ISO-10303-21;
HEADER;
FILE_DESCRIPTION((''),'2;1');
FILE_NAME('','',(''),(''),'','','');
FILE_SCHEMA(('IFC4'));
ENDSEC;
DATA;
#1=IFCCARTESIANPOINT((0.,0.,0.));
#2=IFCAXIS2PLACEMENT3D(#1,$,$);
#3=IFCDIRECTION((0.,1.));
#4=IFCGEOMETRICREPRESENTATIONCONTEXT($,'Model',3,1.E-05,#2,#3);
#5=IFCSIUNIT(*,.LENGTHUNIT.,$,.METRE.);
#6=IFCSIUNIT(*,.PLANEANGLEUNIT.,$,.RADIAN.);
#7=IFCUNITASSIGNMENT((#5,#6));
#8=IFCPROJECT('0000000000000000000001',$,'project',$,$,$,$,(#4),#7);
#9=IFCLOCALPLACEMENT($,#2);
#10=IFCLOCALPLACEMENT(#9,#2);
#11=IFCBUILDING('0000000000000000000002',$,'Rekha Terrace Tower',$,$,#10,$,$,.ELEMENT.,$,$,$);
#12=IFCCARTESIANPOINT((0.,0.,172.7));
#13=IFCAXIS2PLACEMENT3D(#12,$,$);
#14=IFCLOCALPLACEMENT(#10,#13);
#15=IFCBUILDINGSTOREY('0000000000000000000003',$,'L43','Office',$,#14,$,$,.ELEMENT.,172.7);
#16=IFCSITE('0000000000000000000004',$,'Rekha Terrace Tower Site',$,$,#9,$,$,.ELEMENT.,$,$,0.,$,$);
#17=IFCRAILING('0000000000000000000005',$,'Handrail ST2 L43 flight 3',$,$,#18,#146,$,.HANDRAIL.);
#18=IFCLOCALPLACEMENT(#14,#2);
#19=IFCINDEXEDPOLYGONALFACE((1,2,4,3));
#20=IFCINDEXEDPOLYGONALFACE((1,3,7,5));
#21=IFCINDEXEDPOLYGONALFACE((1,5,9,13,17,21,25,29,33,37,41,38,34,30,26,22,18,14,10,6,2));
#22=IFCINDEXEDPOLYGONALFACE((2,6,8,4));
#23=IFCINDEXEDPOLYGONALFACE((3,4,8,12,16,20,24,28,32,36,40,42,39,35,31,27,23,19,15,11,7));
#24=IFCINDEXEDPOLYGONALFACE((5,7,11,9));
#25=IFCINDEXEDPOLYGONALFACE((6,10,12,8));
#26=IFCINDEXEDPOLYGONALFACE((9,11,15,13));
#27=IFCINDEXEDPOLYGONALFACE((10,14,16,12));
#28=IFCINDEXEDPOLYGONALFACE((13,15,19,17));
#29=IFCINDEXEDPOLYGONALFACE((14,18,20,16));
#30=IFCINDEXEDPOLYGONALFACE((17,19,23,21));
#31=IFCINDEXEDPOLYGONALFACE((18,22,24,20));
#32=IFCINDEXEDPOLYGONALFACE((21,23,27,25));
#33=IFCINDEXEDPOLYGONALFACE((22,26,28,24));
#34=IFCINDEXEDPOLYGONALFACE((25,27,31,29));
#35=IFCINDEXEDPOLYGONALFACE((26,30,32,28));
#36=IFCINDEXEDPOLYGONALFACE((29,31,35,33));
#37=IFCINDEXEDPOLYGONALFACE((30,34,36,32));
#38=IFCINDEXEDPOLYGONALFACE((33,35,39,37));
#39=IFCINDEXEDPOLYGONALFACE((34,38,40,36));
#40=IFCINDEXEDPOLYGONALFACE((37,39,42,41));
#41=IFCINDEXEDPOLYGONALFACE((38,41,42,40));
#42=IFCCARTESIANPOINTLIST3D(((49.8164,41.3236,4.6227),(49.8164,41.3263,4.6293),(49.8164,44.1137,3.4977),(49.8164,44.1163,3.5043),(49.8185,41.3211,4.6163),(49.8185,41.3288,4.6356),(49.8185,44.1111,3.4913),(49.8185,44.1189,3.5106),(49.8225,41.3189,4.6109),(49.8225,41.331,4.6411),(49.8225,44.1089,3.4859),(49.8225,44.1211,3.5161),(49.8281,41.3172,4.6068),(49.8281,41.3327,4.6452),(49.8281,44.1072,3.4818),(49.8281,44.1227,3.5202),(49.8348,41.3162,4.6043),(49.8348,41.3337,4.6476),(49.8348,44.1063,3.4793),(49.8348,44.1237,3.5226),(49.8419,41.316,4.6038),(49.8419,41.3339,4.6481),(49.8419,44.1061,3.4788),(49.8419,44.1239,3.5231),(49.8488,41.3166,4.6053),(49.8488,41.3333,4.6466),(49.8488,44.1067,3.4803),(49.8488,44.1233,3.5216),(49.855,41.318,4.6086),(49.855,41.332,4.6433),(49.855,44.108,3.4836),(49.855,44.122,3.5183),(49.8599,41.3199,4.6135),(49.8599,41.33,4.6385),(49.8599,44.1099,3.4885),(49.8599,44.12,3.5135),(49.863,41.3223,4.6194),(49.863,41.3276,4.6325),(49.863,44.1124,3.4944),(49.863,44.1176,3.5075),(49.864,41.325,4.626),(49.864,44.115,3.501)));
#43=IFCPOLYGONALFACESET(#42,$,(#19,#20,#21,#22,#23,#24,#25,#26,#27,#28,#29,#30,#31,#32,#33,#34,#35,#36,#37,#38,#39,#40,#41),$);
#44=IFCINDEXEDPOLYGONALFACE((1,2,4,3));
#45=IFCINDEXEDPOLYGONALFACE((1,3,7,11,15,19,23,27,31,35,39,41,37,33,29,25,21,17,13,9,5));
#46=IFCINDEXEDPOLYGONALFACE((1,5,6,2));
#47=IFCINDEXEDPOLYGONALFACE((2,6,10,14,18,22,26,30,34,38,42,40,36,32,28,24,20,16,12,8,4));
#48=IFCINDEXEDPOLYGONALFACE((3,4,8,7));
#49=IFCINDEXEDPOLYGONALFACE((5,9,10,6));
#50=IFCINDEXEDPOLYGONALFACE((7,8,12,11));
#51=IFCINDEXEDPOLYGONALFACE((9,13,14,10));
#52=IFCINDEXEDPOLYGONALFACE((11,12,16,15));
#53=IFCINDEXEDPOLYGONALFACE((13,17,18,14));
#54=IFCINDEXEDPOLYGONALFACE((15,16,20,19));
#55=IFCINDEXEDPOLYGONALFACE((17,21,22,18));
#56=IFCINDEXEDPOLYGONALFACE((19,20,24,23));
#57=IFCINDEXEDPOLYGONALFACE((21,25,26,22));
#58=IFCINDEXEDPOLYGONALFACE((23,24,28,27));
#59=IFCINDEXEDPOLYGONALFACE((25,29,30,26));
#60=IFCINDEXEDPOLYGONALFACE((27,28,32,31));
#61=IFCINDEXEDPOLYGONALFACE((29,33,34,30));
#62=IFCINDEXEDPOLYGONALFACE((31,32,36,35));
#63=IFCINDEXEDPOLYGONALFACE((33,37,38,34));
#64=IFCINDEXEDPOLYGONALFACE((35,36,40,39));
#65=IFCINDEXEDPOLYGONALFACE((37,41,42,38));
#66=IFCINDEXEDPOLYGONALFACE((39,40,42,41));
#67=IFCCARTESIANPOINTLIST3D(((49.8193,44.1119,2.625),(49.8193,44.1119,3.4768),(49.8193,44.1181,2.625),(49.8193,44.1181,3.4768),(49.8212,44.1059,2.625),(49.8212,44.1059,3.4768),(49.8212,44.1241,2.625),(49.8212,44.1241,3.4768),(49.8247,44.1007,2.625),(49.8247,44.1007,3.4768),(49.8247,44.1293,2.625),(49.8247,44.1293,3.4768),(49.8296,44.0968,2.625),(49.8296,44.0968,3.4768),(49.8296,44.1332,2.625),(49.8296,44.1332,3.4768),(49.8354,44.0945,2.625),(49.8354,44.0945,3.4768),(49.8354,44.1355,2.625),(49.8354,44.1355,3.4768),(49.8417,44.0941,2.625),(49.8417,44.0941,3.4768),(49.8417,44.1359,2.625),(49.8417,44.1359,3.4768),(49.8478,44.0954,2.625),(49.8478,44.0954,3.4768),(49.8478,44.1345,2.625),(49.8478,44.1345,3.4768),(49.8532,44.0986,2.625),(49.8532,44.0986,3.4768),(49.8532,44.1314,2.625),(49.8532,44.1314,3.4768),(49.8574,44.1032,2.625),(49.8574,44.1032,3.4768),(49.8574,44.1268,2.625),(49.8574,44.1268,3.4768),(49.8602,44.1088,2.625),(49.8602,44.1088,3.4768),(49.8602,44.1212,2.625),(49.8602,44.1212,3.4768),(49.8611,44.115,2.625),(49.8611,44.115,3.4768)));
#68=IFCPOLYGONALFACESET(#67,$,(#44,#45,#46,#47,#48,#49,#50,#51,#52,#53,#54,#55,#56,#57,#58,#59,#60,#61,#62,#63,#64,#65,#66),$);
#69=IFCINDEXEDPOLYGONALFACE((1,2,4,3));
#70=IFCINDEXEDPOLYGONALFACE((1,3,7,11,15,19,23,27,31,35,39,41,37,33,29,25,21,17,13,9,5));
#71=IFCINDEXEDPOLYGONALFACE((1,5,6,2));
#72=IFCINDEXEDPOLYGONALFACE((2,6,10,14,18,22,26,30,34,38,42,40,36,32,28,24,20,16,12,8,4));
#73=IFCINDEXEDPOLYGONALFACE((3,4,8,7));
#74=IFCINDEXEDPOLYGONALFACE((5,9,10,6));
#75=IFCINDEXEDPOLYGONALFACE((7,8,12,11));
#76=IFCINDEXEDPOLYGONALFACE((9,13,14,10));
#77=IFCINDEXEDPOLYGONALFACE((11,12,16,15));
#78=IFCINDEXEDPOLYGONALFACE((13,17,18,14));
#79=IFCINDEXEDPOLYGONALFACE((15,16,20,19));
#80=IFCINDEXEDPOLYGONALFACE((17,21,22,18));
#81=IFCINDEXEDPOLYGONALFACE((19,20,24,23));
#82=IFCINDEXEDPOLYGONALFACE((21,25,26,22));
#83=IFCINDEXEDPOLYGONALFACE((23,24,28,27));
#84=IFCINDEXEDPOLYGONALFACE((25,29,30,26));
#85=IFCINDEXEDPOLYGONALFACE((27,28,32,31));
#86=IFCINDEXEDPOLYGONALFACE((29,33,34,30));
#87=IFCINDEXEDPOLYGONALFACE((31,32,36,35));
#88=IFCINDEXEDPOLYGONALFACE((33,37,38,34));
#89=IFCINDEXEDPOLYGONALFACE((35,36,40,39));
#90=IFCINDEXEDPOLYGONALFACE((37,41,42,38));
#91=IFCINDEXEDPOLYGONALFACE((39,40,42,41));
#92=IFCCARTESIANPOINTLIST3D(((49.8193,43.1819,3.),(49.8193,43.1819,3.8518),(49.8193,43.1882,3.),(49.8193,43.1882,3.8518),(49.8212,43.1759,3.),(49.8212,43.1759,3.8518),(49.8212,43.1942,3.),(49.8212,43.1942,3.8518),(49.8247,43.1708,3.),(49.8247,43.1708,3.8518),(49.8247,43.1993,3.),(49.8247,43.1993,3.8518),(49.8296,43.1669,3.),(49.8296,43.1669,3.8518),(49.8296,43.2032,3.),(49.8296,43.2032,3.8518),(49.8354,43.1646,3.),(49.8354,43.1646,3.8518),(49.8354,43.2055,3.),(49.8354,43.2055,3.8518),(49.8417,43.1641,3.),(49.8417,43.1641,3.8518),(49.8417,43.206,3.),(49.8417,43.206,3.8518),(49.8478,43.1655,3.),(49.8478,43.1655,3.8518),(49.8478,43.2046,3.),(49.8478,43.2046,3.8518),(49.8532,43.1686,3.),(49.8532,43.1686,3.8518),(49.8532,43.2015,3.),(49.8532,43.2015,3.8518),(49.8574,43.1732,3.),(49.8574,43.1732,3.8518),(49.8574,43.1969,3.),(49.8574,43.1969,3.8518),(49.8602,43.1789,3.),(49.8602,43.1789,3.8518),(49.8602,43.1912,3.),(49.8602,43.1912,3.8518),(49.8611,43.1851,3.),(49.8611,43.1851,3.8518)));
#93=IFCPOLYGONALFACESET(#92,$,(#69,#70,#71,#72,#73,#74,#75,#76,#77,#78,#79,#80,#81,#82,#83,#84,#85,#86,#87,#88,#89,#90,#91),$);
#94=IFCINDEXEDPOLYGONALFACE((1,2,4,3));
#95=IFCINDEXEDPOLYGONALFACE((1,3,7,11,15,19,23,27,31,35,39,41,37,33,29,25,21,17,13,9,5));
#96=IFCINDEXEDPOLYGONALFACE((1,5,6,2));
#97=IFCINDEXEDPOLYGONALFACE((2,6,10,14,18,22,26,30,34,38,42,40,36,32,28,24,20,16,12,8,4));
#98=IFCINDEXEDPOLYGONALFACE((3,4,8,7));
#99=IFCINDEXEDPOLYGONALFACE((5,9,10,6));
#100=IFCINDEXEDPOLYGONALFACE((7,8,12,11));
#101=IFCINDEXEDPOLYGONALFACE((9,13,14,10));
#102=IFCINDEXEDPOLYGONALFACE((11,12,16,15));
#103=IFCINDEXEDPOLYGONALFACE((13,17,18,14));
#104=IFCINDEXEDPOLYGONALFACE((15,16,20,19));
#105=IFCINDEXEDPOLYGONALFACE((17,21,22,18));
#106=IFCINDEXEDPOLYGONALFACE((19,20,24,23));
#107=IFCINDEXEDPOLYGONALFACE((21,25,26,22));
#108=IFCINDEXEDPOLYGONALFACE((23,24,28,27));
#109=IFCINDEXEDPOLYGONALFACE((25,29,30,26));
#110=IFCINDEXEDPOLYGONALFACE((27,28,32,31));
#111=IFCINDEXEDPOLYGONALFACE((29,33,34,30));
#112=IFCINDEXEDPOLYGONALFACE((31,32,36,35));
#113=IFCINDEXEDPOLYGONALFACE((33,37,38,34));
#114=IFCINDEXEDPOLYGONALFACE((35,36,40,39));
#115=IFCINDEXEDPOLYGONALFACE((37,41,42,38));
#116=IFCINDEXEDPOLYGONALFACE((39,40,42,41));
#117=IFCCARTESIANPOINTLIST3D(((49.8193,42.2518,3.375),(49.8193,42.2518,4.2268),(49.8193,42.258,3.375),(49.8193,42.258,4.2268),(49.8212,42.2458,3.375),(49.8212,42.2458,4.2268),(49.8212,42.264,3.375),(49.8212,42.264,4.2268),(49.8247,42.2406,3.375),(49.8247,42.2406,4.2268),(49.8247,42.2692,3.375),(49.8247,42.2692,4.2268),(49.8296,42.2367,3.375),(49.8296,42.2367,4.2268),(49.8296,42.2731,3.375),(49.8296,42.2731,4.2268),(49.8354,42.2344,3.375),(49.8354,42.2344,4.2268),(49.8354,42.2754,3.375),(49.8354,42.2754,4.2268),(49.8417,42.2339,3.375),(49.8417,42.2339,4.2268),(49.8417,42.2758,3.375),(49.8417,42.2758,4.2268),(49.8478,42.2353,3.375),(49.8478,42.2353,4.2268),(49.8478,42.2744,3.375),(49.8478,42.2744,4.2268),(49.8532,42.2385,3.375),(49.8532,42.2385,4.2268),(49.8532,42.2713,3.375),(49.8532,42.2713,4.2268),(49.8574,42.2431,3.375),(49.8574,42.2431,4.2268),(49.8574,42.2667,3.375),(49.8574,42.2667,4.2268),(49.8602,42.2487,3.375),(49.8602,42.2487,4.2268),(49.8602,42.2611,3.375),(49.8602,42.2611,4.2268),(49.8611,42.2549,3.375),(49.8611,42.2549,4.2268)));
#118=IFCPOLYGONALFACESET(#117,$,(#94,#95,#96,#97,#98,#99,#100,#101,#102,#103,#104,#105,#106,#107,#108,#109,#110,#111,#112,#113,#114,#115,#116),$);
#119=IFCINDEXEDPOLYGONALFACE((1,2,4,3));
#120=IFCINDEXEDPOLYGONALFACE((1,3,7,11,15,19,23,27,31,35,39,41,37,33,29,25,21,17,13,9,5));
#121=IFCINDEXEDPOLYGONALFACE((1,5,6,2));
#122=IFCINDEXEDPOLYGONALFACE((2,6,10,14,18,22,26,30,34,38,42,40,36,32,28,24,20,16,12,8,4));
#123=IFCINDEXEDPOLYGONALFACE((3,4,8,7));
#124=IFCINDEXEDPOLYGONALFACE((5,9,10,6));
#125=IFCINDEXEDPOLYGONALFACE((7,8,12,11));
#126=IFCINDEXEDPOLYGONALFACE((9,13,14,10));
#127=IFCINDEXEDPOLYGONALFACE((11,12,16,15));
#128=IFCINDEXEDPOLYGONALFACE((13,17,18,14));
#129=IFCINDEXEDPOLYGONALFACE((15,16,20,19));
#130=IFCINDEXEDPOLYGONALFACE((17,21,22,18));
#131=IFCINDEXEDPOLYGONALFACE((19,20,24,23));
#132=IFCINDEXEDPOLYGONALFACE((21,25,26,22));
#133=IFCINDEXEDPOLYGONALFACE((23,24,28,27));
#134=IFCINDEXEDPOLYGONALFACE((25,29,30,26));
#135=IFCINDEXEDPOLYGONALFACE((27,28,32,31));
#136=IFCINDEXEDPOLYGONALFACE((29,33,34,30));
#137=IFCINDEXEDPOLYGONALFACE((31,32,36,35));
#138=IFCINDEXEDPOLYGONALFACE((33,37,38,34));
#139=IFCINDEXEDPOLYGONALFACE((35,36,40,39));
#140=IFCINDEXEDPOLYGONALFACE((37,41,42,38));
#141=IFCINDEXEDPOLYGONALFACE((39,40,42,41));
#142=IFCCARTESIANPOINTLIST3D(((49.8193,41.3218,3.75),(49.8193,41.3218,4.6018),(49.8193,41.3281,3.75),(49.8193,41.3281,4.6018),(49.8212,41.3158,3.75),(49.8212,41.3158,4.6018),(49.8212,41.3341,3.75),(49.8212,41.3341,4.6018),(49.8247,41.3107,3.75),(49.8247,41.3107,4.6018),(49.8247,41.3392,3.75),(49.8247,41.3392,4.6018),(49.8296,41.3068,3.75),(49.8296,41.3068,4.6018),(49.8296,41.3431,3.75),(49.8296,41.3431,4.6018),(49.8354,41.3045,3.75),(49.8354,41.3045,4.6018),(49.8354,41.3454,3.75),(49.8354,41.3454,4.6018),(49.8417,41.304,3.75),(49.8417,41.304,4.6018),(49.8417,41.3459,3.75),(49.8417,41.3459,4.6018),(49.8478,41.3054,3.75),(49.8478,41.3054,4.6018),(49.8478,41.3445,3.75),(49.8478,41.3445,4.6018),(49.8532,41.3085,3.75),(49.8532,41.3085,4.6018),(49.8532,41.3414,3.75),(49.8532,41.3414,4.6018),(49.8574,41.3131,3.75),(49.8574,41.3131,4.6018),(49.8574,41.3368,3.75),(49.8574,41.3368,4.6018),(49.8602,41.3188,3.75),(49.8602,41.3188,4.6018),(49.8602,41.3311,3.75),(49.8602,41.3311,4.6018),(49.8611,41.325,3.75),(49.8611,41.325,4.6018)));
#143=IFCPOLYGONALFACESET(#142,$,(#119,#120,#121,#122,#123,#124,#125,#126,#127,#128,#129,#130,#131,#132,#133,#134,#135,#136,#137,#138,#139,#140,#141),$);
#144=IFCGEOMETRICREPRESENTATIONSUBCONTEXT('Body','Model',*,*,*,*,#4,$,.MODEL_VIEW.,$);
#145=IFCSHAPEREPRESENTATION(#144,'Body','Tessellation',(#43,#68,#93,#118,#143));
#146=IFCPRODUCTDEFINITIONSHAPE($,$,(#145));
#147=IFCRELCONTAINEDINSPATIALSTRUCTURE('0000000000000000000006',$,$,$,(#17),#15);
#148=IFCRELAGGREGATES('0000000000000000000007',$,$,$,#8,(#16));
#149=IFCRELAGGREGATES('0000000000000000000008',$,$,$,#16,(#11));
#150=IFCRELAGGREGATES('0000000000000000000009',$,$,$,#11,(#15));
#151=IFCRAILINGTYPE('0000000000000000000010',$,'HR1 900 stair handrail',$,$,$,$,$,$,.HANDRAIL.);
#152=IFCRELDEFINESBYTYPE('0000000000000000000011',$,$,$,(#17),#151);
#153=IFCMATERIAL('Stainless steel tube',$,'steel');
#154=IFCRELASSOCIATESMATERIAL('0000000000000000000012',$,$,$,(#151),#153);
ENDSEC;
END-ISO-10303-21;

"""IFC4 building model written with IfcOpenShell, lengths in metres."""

from ifc_helpers import new_model, si_unit, direction, frame, origin, origin_2d, place, context, subcontext, project, spatial, circle, extrude, material, type_object, element, save


model = new_model("IFC4")

# Units and contexts
model_context = context("Model", 3, precision=1e-05, world=origin(), true_north=direction((0.0, 1.0)))
body_context = subcontext(model_context, "Body", "Model", "MODEL_VIEW")
ifc_project = project(units=[si_unit("LENGTHUNIT", "METRE"), si_unit("PLANEANGLEUNIT", "RADIAN")], contexts=[model_context])

# Site, building, storey
site_placement = place(None, origin())
site = spatial("IfcSite", under=ifc_project, at=site_placement, Name="Rekha Terrace Tower Site", CompositionType="ELEMENT", RefElevation=0.0)
building_placement = place(site_placement, origin())
building = spatial("IfcBuilding", under=site, at=building_placement, Name="Rekha Terrace Tower", CompositionType="ELEMENT")
storey_placement = place(building_placement, frame((0.0, 0.0, 172.7)))
storey = spatial("IfcBuildingStorey", under=building, at=storey_placement, Name="L43", Description="Office", CompositionType="ELEMENT", Elevation=172.7)

# Railing
ifc_material_1 = material(Name="Stainless steel tube", Category="steel")
railing_type_1 = type_object("IfcRailingType", Name="HR1 900 stair handrail", PredefinedType="HANDRAIL", material=ifc_material_1)
railing_1_placement = place(storey_placement, frame((49.8401, 44.115, 2.625)))
element("IfcRailing", 1, at=railing_1_placement, inside=storey, type_object=railing_type_1, Name="Handrail ST2 L43 flight 3", PredefinedType="HANDRAIL", context=body_context, shape_type="SweptSolid", body=[
    extrude(circle(Radius=0.0239, at=origin_2d()), frame((0.0, 0.0, 0.876), z_axis=(0.0, -0.927443, 0.373964), x_axis=(1.0, 0.0, 0.0)), (0.0, 0.0, 1.0), 3.0083),
    extrude(circle(Radius=0.021, at=origin_2d()), origin(), (0.0, 0.0, 1.0), 0.8518),
    extrude(circle(Radius=0.021, at=origin_2d()), frame((0.0, -0.9299, 0.375)), (0.0, 0.0, 1.0), 0.8518),
    extrude(circle(Radius=0.021, at=origin_2d()), frame((0.0, -1.8601, 0.75)), (0.0, 0.0, 1.0), 0.8518),
    extrude(circle(Radius=0.021, at=origin_2d()), frame((0.0, -2.79, 1.125)), (0.0, 0.0, 1.0), 0.8518),
])

save(model, "model.ifc")
